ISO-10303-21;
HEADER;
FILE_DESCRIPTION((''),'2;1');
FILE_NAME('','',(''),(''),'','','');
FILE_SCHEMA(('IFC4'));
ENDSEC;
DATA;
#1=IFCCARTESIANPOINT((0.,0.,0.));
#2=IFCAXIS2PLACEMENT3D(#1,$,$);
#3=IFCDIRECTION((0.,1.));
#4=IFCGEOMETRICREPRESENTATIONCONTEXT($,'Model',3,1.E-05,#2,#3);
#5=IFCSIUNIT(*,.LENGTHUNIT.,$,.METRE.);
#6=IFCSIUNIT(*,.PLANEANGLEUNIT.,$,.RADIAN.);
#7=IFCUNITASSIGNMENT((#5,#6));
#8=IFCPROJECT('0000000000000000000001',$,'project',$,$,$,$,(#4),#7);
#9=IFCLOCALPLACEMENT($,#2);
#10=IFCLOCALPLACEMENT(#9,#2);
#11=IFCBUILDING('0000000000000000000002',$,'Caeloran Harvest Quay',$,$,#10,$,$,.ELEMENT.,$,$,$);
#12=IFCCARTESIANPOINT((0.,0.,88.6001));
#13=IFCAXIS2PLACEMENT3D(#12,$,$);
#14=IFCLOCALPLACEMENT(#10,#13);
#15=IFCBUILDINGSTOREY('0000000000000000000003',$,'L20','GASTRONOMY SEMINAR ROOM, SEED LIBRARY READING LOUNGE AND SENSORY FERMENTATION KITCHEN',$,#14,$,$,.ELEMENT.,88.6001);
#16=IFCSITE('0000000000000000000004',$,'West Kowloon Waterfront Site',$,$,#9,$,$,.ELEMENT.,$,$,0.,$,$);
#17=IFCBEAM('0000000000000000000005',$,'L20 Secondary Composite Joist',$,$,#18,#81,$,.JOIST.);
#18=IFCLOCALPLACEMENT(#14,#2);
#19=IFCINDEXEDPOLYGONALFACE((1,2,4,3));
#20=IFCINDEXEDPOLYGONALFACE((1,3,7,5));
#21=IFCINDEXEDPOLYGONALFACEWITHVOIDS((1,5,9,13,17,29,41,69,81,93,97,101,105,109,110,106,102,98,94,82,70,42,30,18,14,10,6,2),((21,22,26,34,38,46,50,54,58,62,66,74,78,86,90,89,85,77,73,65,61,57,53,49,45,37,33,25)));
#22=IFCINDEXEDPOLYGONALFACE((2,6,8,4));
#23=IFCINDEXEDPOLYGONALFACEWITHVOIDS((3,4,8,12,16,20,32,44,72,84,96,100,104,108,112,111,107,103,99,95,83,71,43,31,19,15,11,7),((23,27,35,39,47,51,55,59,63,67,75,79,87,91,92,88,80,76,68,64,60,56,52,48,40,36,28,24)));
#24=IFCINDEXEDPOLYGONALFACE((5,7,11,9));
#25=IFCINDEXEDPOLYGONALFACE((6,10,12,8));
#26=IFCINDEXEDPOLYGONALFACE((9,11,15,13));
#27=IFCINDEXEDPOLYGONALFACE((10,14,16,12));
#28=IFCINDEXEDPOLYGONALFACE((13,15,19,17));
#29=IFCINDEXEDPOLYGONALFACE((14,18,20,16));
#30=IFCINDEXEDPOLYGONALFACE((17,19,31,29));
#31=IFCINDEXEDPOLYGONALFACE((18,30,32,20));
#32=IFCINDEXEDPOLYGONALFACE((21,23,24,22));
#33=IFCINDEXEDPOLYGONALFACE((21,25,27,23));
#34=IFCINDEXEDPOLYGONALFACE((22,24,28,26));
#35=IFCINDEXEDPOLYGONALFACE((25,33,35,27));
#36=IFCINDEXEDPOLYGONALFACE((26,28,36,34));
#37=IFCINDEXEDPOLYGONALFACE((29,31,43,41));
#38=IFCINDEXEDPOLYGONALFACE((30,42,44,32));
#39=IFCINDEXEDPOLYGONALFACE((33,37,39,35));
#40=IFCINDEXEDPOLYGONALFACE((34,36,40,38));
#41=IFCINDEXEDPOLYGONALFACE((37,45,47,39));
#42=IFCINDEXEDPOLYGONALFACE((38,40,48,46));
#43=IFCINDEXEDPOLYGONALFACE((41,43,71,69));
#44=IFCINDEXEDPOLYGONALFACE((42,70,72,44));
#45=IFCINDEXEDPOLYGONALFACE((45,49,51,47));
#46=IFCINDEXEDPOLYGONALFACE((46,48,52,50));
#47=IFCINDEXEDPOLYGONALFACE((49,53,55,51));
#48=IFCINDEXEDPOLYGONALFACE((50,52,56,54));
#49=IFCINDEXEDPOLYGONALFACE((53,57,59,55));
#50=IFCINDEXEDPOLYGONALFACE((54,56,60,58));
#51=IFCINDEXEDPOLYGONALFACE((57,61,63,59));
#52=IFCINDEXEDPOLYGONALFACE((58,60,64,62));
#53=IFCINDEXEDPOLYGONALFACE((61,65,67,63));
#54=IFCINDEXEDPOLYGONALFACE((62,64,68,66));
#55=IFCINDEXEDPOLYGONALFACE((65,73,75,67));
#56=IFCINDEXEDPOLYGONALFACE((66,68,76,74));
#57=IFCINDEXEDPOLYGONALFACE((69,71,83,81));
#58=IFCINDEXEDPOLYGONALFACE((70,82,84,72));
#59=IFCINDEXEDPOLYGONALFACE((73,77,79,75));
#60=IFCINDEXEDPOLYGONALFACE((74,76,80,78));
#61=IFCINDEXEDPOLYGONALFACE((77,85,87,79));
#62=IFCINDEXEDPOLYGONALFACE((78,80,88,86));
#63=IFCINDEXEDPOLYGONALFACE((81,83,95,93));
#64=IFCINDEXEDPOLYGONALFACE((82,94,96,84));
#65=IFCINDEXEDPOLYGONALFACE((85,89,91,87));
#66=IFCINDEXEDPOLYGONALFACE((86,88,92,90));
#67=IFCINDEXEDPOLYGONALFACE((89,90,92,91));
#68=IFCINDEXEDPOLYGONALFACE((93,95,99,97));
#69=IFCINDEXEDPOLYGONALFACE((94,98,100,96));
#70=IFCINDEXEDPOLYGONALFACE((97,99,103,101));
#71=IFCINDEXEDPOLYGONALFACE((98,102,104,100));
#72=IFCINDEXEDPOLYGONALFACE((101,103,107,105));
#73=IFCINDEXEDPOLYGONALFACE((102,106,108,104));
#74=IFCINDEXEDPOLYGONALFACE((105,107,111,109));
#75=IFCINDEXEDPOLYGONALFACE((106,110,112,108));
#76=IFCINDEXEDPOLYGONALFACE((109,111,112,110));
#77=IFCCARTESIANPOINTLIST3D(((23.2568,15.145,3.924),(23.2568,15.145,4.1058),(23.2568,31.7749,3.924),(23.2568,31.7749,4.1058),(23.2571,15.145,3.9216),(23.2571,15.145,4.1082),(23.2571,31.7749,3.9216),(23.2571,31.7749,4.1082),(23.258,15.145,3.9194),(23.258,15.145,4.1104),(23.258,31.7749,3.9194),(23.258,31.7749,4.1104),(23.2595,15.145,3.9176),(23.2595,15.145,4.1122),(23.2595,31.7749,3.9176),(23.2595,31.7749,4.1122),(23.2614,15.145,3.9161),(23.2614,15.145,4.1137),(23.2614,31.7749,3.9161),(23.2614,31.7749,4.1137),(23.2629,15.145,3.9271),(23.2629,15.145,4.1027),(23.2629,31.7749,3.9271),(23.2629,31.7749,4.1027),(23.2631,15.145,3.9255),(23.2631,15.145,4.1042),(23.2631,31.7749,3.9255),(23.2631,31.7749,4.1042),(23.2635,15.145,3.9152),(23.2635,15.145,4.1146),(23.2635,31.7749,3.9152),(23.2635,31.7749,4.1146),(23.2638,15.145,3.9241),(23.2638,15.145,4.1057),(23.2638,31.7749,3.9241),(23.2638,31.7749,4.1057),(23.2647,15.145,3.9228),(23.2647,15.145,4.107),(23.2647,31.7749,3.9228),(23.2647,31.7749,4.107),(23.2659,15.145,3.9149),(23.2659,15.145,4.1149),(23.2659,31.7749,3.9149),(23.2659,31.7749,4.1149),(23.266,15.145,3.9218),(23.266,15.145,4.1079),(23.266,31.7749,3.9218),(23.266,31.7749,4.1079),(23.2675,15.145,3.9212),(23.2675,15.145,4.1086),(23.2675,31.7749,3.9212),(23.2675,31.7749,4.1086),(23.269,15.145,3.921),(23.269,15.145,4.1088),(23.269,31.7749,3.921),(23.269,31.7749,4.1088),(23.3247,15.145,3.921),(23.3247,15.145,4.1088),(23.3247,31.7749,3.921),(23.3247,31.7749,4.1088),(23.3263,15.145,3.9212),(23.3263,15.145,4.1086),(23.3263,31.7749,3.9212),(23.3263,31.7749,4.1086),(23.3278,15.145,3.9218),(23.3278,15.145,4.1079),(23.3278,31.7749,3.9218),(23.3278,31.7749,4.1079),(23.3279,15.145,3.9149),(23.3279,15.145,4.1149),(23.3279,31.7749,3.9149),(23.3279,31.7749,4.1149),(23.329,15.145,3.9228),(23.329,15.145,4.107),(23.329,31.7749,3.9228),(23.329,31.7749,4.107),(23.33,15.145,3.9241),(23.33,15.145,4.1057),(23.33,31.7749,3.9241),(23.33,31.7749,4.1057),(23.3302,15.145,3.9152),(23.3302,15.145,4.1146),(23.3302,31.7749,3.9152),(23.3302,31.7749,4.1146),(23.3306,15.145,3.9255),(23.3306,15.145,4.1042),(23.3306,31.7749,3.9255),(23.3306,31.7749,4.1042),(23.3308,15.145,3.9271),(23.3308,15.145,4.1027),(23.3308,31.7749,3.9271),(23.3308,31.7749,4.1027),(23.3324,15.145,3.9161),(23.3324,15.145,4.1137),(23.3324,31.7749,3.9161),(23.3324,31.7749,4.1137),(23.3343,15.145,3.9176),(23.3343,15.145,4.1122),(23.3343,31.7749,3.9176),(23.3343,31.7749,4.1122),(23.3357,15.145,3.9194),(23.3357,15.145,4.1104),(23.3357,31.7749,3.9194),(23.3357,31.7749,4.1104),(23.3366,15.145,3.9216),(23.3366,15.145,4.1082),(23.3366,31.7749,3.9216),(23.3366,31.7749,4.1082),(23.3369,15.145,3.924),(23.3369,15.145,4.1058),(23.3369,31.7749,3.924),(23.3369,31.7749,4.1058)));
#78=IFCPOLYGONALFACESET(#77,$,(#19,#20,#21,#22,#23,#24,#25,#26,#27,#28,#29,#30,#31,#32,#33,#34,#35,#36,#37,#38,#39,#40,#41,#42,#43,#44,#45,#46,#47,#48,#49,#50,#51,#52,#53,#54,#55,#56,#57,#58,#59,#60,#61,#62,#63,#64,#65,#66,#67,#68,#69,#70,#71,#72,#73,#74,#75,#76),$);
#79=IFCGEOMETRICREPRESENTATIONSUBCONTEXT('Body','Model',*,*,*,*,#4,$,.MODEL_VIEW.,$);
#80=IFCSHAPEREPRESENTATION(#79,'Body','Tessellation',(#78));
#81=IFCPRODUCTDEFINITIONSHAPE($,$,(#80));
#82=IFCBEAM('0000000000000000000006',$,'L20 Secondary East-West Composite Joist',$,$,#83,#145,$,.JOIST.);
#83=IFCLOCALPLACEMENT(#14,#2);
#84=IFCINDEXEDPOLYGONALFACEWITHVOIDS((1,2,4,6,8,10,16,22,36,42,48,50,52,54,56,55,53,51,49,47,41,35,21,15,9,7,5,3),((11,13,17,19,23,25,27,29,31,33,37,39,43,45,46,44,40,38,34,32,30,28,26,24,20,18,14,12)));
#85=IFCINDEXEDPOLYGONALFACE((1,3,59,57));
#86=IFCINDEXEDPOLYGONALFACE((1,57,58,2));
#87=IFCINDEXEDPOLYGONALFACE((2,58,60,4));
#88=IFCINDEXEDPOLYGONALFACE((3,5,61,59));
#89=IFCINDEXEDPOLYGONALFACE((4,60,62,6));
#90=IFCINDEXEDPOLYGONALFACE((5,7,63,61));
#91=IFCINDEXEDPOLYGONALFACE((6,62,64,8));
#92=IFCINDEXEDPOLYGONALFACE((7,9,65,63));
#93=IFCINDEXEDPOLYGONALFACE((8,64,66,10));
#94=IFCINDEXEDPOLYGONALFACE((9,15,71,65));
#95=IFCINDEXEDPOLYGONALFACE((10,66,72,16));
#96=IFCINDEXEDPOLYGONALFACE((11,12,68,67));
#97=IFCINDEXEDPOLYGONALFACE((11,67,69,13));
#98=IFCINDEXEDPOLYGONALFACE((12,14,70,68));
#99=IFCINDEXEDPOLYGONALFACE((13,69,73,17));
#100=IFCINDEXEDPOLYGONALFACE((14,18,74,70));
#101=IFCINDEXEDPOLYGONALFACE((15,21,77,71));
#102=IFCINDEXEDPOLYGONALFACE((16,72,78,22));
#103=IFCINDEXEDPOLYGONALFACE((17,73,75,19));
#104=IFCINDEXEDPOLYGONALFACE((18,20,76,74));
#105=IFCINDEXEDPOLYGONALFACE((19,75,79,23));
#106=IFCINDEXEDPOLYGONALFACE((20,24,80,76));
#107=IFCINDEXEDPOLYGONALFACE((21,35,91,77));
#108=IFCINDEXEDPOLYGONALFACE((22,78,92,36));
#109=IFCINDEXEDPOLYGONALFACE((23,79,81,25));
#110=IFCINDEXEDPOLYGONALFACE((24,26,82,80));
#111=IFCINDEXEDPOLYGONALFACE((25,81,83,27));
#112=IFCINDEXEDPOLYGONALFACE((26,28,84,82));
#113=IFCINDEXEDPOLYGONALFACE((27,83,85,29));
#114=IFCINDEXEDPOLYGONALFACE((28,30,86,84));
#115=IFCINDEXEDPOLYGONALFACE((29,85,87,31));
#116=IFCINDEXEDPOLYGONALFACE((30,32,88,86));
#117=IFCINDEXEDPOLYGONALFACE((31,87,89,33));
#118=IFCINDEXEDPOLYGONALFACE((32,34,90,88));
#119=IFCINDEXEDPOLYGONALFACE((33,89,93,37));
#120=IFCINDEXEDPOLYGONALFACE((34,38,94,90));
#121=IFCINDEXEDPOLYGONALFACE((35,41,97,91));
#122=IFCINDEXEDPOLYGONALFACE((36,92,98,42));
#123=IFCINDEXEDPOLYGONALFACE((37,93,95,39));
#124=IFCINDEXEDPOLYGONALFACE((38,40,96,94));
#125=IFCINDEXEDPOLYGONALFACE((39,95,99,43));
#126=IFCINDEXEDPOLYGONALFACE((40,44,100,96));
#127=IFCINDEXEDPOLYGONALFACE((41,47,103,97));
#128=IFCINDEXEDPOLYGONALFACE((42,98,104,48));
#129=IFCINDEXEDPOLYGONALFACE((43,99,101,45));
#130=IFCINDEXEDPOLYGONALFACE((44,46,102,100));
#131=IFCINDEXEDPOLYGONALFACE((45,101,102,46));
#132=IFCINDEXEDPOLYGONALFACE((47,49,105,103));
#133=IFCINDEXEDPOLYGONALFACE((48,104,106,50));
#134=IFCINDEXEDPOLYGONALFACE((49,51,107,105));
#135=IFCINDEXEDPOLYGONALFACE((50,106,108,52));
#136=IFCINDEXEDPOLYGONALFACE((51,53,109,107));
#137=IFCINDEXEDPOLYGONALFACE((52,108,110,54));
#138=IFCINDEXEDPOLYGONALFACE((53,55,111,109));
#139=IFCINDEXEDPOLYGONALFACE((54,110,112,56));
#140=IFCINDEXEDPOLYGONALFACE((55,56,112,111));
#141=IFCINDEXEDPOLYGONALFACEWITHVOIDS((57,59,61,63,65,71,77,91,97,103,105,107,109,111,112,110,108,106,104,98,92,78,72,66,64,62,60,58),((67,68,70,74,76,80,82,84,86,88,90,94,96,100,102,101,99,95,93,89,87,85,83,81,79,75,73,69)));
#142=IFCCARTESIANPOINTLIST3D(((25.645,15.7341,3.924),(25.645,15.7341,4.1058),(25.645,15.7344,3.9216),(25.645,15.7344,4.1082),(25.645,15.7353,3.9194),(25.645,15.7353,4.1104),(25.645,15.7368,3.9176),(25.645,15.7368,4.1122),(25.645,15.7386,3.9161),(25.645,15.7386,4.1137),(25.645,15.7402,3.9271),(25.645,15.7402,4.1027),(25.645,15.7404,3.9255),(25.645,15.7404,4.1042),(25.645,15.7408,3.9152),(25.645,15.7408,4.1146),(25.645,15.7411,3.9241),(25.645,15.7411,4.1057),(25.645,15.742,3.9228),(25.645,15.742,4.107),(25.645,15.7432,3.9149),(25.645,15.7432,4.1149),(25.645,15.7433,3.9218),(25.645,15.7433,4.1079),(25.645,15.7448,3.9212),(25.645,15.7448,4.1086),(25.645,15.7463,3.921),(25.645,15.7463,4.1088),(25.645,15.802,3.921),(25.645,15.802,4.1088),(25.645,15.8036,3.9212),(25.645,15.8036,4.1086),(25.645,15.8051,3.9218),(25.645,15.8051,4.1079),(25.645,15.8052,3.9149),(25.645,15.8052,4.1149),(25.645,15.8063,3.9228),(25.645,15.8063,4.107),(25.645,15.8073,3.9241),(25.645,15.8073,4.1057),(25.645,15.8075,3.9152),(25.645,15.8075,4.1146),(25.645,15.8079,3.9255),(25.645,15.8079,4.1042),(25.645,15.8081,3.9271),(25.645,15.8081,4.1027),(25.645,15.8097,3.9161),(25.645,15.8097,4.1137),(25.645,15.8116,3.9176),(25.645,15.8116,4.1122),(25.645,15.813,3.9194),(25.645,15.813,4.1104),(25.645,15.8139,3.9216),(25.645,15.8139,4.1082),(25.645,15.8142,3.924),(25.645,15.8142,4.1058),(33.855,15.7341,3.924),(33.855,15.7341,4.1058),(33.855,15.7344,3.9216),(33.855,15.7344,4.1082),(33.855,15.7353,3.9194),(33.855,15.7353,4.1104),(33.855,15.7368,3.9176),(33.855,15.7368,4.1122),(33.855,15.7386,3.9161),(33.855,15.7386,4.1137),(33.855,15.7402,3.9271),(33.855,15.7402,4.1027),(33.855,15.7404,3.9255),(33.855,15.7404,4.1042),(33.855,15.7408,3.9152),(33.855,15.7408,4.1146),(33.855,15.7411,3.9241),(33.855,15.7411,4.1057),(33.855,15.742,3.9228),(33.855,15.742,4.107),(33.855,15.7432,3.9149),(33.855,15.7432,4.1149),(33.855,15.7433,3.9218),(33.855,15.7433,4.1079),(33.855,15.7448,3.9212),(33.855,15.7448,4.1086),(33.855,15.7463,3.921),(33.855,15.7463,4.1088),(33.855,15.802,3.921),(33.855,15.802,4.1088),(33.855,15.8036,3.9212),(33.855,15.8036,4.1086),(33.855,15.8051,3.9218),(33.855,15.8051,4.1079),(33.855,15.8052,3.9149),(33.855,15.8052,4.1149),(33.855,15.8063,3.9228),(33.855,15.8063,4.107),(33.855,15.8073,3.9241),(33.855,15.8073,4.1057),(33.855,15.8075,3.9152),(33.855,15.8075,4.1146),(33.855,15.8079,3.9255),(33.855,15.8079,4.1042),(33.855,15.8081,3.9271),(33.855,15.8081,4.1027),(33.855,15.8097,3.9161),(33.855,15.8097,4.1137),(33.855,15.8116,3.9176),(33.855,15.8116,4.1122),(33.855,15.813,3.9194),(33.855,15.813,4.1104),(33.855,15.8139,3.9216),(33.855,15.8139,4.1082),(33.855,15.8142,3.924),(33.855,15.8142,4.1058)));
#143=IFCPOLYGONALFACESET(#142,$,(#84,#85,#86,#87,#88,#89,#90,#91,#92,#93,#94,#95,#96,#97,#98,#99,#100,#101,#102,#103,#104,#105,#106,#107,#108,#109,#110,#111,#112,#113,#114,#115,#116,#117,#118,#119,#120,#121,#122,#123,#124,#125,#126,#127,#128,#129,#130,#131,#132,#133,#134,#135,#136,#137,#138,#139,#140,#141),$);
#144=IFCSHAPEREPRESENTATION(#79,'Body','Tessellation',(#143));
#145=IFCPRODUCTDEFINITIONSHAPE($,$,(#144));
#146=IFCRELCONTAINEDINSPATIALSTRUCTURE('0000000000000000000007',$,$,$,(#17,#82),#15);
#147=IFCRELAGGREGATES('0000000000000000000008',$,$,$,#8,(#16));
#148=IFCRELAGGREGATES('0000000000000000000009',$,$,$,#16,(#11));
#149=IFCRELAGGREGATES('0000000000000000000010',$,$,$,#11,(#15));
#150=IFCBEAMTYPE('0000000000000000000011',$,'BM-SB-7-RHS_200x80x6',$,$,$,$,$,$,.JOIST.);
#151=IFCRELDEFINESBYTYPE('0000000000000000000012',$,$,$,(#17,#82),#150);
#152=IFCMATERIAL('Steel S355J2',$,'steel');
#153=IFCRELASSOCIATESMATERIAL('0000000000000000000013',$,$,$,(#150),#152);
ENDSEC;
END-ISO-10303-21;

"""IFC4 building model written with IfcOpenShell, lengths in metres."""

from ifc_helpers import new_model, si_unit, direction, frame, origin, origin_2d, place, context, subcontext, project, spatial, hollow_rectangle, extrude, material, material_profile, profile_set, type_object, element, save


model = new_model("IFC4")

# Units and contexts
model_context = context("Model", 3, precision=1e-05, world=origin(), true_north=direction((0.0, 1.0)))
body_context = subcontext(model_context, "Body", "Model", "MODEL_VIEW")
ifc_project = project(units=[si_unit("LENGTHUNIT", "METRE"), si_unit("PLANEANGLEUNIT", "RADIAN")], contexts=[model_context])

# Site, building, storey
site_placement = place(None, origin())
site = spatial("IfcSite", under=ifc_project, at=site_placement, Name="West Kowloon Waterfront Site", CompositionType="ELEMENT", RefElevation=0.0)
building_placement = place(site_placement, origin())
building = spatial("IfcBuilding", under=site, at=building_placement, Name="Caeloran Harvest Quay", CompositionType="ELEMENT")
storey_placement = place(building_placement, frame((0.0, 0.0, 88.6001)))
storey = spatial("IfcBuildingStorey", under=building, at=storey_placement, Name="L20", Description="GASTRONOMY SEMINAR ROOM, SEED LIBRARY READING LOUNGE AND SENSORY FERMENTATION KITCHEN", CompositionType="ELEMENT", Elevation=88.6001)

# Beams
ifc_material_1 = material(Name="Steel S355J2", Category="steel")
ifc_material_profile_1 = material_profile(ifc_material_1, hollow_rectangle(XDim=0.0801, YDim=0.2, WallThickness=0.0061, InnerFilletRadius=0.0061, OuterFilletRadius=0.009, at=origin_2d()), Name="RHS 200x80x6")
ifc_profile_set_1 = profile_set([ifc_material_profile_1], Name="Steel S355J2")
beam_type_1 = type_object("IfcBeamType", Name="BM-SB-7-RHS_200x80x6", PredefinedType="JOIST", material=ifc_profile_set_1)
for number, where, z_axis, x_axis, name in (
    (1, (23.2969, 15.145, 4.0149), (0.0, 1.0, 0.0), (-1.0, 0.0, 0.0), "L20 Secondary Composite Joist"),
):
    element("IfcBeam", number, at=place(storey_placement, frame(where, z_axis=z_axis, x_axis=x_axis)), inside=storey, type_object=beam_type_1, Name=name, PredefinedType="JOIST", context=body_context, shape_type="SweptSolid", body=[
        extrude(hollow_rectangle(XDim=0.0801, YDim=0.2, WallThickness=0.0061, InnerFilletRadius=0.0061, OuterFilletRadius=0.009, at=origin_2d()), origin(), (0.0, 0.0, 1.0), 16.6299),
    ])
for number, where, z_axis, x_axis, name in (
    (2, (25.645, 15.7742, 4.0149), (1.0, 0.0, 0.0), (0.0, 1.0, 0.0), "L20 Secondary East-West Composite Joist"),
):
    element("IfcBeam", number, at=place(storey_placement, frame(where, z_axis=z_axis, x_axis=x_axis)), inside=storey, type_object=beam_type_1, Name=name, PredefinedType="JOIST", context=body_context, shape_type="SweptSolid", body=[
        extrude(hollow_rectangle(XDim=0.0801, YDim=0.2, WallThickness=0.0061, InnerFilletRadius=0.0061, OuterFilletRadius=0.009, at=origin_2d()), origin(), (0.0, 0.0, 1.0), 8.21),
    ])

save(model, "model.ifc")
